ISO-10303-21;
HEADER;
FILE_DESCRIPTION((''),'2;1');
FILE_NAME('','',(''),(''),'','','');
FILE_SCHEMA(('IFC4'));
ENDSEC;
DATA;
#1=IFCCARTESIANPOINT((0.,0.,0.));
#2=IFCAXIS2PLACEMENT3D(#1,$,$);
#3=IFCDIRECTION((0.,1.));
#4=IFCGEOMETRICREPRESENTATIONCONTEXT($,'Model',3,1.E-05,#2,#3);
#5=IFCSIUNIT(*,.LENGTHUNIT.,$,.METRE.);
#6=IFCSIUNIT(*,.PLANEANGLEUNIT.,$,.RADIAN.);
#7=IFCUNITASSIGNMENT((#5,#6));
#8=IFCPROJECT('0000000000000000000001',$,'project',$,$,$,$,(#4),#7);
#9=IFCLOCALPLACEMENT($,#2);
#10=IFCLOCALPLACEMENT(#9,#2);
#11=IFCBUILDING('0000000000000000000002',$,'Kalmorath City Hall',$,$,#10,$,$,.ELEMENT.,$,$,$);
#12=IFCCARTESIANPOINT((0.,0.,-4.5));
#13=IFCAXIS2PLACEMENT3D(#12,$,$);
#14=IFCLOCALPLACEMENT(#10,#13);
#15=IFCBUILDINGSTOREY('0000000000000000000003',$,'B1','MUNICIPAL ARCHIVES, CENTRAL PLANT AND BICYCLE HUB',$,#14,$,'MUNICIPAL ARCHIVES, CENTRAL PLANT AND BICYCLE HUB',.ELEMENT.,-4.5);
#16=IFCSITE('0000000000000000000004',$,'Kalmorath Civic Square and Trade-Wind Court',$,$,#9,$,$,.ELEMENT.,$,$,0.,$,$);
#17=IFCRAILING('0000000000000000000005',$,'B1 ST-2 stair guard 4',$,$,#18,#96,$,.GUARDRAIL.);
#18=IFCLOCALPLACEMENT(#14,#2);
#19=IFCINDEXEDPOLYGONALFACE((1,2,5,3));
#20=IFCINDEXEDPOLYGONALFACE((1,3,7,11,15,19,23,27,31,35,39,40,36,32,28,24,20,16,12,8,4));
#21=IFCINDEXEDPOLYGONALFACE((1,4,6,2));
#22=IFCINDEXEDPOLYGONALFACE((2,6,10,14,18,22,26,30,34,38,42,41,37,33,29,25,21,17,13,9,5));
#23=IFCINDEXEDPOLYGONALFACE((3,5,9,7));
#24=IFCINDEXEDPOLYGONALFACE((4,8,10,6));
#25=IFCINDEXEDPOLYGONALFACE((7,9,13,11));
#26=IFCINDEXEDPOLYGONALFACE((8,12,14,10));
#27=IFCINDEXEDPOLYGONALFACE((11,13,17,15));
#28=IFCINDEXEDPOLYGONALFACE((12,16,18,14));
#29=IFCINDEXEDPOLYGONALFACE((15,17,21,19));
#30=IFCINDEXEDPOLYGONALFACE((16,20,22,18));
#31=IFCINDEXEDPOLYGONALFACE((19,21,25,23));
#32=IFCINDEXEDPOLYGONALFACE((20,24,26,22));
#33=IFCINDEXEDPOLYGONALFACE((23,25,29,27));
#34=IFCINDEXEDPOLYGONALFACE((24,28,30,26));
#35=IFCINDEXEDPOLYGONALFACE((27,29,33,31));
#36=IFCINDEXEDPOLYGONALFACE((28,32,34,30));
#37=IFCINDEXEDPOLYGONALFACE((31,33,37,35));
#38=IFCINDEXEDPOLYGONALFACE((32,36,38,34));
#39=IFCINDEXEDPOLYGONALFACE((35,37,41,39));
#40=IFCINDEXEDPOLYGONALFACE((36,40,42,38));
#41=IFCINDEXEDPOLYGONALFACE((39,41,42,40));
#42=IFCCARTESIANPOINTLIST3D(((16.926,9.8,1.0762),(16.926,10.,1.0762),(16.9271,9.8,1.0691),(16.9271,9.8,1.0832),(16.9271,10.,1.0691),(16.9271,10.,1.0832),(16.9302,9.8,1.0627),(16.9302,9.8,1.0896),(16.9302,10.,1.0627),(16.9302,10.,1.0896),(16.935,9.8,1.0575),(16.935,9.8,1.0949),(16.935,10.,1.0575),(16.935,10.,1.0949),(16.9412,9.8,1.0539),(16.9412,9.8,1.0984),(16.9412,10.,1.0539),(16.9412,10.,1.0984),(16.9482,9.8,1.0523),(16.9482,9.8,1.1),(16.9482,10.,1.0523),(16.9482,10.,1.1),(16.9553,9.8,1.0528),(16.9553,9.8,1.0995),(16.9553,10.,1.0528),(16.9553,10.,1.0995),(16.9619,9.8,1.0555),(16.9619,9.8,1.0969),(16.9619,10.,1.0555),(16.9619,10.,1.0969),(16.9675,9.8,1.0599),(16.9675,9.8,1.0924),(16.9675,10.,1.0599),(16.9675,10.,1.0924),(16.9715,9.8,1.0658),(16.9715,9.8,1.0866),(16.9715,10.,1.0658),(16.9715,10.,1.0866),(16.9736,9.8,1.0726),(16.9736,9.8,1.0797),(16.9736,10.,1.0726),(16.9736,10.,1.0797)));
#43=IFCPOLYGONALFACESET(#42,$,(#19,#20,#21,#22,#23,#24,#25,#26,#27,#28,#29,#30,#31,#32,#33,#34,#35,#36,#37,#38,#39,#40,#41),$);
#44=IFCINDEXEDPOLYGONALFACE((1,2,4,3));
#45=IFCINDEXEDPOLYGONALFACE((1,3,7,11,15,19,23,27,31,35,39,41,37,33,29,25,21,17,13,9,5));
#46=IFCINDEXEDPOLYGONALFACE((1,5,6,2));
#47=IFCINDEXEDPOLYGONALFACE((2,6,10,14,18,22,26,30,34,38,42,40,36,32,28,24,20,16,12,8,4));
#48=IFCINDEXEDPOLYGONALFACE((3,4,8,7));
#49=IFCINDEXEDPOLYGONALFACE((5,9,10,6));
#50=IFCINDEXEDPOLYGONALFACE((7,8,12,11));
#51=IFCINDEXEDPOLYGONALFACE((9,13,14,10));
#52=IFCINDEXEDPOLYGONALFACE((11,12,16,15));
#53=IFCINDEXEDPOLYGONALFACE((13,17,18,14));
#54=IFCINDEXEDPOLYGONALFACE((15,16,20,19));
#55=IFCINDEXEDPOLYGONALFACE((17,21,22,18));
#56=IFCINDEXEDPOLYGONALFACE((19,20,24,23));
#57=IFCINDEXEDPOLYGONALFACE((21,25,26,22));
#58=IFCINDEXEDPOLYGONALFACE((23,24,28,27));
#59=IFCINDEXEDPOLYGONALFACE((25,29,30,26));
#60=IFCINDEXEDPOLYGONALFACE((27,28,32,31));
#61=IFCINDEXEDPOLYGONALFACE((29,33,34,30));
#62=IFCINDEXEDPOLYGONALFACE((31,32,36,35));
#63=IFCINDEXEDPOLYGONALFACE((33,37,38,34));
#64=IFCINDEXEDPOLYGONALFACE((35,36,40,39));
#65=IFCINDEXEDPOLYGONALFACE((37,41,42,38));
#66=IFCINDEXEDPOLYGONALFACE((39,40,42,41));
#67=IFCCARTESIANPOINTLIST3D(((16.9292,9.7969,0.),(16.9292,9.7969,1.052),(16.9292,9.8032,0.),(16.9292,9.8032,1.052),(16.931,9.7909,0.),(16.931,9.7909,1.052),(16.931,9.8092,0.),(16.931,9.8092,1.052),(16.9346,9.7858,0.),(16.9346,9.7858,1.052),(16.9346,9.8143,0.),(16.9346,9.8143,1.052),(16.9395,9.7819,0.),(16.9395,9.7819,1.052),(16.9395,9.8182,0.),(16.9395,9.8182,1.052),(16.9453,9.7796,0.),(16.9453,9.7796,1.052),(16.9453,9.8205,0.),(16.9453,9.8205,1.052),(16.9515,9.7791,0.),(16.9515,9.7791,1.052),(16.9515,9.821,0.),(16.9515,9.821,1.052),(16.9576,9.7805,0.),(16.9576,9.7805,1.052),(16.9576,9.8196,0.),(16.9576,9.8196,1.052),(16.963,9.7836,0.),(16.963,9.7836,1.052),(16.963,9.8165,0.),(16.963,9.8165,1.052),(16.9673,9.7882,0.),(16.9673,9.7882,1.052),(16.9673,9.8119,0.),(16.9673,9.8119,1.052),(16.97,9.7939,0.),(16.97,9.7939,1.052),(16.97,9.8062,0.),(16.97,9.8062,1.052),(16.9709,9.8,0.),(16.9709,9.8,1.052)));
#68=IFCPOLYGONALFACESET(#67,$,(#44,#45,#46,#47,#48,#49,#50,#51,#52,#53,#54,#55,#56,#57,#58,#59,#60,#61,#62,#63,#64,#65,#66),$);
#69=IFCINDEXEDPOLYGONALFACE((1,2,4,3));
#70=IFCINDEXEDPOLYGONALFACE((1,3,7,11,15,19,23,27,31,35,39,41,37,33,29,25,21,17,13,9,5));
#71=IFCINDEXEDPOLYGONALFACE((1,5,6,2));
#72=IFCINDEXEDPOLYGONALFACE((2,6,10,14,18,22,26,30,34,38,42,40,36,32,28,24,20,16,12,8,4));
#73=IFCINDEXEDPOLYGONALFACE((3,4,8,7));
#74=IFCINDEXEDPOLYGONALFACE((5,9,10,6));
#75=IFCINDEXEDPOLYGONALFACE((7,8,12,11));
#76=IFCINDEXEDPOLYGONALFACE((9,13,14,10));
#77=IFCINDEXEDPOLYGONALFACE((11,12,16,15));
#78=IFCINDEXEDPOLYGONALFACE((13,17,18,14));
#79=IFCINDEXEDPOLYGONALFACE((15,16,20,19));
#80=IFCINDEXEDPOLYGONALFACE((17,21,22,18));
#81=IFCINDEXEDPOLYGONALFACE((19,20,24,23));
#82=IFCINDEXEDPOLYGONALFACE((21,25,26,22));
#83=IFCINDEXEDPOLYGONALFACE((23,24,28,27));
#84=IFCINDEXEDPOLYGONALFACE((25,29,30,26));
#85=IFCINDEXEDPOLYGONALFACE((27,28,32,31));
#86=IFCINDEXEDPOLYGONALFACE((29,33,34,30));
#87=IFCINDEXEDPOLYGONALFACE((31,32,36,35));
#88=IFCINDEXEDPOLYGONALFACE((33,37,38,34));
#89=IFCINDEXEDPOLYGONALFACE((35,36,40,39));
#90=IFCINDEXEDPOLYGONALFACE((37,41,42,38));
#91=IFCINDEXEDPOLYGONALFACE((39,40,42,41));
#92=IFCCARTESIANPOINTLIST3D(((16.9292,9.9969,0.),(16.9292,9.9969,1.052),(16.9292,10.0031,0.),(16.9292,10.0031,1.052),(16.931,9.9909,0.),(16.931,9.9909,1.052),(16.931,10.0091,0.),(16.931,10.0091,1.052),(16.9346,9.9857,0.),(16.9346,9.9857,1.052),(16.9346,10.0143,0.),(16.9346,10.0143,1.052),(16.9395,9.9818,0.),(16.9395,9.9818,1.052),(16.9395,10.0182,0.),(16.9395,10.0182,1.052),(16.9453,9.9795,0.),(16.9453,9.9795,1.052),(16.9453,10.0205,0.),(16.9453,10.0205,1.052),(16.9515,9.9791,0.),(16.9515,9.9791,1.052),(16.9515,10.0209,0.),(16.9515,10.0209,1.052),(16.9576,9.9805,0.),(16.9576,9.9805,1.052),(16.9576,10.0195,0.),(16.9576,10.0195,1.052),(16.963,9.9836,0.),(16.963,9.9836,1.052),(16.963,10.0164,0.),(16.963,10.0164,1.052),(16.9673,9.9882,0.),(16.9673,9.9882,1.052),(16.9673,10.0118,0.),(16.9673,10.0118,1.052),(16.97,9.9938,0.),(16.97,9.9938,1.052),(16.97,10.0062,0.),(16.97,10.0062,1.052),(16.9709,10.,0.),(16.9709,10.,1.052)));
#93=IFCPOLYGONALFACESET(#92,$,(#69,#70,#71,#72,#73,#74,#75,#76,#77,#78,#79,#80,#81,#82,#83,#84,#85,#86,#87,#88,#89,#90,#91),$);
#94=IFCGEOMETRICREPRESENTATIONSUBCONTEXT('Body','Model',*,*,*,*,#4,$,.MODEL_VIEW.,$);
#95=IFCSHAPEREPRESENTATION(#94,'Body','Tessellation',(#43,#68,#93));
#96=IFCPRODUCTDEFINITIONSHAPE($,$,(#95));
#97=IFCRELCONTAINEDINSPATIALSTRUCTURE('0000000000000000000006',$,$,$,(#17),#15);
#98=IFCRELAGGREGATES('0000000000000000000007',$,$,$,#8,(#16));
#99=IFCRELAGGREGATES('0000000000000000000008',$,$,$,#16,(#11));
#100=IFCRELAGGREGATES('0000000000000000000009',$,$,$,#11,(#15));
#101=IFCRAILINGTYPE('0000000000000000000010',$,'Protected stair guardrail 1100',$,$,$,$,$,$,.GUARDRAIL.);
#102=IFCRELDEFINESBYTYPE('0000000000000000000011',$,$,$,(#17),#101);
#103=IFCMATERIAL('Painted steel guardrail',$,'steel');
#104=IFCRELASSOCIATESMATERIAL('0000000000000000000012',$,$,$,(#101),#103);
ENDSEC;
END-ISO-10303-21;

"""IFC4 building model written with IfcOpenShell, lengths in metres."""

from ifc_helpers import new_model, si_unit, direction, frame, origin, origin_2d, place, context, subcontext, project, spatial, circle, extrude, material, type_object, element, save


model = new_model("IFC4")

# Units and contexts
model_context = context("Model", 3, precision=1e-05, world=origin(), true_north=direction((0.0, 1.0)))
body_context = subcontext(model_context, "Body", "Model", "MODEL_VIEW")
ifc_project = project(units=[si_unit("LENGTHUNIT", "METRE"), si_unit("PLANEANGLEUNIT", "RADIAN")], contexts=[model_context])

# Site, building, storey
site_placement = place(None, origin())
site = spatial("IfcSite", under=ifc_project, at=site_placement, Name="Kalmorath Civic Square and Trade-Wind Court", CompositionType="ELEMENT", RefElevation=0.0)
building_placement = place(site_placement, origin())
building = spatial("IfcBuilding", under=site, at=building_placement, Name="Kalmorath City Hall", CompositionType="ELEMENT")
storey_placement = place(building_placement, frame((0.0, 0.0, -4.5)))
storey = spatial("IfcBuildingStorey", under=building, at=storey_placement, Name="B1", Description="MUNICIPAL ARCHIVES, CENTRAL PLANT AND BICYCLE HUB", LongName="MUNICIPAL ARCHIVES, CENTRAL PLANT AND BICYCLE HUB", CompositionType="ELEMENT", Elevation=-4.5)

# Railing
ifc_material_1 = material(Name="Painted steel guardrail", Category="steel")
railing_type_1 = type_object("IfcRailingType", Name="Protected stair guardrail 1100", PredefinedType="GUARDRAIL", material=ifc_material_1)
railing_1_placement = place(storey_placement, frame((16.95, 9.8, 0.0)))
element("IfcRailing", 1, at=railing_1_placement, inside=storey, type_object=railing_type_1, Name="B1 ST-2 stair guard 4", PredefinedType="GUARDRAIL", context=body_context, shape_type="SweptSolid", body=[
    extrude(circle(Radius=0.0239, at=origin_2d()), frame((0.0, 0.0, 1.0762), z_axis=(0.0, 1.0, 0.0), x_axis=(-1.0, 0.0, 0.0)), (0.0, 0.0, 1.0), 0.2),
    extrude(circle(Radius=0.021, at=origin_2d()), origin(), (0.0, 0.0, 1.0), 1.052),
    extrude(circle(Radius=0.021, at=origin_2d()), frame((0.0, 0.2, 0.0)), (0.0, 0.0, 1.0), 1.052),
])

save(model, "model.ifc")
